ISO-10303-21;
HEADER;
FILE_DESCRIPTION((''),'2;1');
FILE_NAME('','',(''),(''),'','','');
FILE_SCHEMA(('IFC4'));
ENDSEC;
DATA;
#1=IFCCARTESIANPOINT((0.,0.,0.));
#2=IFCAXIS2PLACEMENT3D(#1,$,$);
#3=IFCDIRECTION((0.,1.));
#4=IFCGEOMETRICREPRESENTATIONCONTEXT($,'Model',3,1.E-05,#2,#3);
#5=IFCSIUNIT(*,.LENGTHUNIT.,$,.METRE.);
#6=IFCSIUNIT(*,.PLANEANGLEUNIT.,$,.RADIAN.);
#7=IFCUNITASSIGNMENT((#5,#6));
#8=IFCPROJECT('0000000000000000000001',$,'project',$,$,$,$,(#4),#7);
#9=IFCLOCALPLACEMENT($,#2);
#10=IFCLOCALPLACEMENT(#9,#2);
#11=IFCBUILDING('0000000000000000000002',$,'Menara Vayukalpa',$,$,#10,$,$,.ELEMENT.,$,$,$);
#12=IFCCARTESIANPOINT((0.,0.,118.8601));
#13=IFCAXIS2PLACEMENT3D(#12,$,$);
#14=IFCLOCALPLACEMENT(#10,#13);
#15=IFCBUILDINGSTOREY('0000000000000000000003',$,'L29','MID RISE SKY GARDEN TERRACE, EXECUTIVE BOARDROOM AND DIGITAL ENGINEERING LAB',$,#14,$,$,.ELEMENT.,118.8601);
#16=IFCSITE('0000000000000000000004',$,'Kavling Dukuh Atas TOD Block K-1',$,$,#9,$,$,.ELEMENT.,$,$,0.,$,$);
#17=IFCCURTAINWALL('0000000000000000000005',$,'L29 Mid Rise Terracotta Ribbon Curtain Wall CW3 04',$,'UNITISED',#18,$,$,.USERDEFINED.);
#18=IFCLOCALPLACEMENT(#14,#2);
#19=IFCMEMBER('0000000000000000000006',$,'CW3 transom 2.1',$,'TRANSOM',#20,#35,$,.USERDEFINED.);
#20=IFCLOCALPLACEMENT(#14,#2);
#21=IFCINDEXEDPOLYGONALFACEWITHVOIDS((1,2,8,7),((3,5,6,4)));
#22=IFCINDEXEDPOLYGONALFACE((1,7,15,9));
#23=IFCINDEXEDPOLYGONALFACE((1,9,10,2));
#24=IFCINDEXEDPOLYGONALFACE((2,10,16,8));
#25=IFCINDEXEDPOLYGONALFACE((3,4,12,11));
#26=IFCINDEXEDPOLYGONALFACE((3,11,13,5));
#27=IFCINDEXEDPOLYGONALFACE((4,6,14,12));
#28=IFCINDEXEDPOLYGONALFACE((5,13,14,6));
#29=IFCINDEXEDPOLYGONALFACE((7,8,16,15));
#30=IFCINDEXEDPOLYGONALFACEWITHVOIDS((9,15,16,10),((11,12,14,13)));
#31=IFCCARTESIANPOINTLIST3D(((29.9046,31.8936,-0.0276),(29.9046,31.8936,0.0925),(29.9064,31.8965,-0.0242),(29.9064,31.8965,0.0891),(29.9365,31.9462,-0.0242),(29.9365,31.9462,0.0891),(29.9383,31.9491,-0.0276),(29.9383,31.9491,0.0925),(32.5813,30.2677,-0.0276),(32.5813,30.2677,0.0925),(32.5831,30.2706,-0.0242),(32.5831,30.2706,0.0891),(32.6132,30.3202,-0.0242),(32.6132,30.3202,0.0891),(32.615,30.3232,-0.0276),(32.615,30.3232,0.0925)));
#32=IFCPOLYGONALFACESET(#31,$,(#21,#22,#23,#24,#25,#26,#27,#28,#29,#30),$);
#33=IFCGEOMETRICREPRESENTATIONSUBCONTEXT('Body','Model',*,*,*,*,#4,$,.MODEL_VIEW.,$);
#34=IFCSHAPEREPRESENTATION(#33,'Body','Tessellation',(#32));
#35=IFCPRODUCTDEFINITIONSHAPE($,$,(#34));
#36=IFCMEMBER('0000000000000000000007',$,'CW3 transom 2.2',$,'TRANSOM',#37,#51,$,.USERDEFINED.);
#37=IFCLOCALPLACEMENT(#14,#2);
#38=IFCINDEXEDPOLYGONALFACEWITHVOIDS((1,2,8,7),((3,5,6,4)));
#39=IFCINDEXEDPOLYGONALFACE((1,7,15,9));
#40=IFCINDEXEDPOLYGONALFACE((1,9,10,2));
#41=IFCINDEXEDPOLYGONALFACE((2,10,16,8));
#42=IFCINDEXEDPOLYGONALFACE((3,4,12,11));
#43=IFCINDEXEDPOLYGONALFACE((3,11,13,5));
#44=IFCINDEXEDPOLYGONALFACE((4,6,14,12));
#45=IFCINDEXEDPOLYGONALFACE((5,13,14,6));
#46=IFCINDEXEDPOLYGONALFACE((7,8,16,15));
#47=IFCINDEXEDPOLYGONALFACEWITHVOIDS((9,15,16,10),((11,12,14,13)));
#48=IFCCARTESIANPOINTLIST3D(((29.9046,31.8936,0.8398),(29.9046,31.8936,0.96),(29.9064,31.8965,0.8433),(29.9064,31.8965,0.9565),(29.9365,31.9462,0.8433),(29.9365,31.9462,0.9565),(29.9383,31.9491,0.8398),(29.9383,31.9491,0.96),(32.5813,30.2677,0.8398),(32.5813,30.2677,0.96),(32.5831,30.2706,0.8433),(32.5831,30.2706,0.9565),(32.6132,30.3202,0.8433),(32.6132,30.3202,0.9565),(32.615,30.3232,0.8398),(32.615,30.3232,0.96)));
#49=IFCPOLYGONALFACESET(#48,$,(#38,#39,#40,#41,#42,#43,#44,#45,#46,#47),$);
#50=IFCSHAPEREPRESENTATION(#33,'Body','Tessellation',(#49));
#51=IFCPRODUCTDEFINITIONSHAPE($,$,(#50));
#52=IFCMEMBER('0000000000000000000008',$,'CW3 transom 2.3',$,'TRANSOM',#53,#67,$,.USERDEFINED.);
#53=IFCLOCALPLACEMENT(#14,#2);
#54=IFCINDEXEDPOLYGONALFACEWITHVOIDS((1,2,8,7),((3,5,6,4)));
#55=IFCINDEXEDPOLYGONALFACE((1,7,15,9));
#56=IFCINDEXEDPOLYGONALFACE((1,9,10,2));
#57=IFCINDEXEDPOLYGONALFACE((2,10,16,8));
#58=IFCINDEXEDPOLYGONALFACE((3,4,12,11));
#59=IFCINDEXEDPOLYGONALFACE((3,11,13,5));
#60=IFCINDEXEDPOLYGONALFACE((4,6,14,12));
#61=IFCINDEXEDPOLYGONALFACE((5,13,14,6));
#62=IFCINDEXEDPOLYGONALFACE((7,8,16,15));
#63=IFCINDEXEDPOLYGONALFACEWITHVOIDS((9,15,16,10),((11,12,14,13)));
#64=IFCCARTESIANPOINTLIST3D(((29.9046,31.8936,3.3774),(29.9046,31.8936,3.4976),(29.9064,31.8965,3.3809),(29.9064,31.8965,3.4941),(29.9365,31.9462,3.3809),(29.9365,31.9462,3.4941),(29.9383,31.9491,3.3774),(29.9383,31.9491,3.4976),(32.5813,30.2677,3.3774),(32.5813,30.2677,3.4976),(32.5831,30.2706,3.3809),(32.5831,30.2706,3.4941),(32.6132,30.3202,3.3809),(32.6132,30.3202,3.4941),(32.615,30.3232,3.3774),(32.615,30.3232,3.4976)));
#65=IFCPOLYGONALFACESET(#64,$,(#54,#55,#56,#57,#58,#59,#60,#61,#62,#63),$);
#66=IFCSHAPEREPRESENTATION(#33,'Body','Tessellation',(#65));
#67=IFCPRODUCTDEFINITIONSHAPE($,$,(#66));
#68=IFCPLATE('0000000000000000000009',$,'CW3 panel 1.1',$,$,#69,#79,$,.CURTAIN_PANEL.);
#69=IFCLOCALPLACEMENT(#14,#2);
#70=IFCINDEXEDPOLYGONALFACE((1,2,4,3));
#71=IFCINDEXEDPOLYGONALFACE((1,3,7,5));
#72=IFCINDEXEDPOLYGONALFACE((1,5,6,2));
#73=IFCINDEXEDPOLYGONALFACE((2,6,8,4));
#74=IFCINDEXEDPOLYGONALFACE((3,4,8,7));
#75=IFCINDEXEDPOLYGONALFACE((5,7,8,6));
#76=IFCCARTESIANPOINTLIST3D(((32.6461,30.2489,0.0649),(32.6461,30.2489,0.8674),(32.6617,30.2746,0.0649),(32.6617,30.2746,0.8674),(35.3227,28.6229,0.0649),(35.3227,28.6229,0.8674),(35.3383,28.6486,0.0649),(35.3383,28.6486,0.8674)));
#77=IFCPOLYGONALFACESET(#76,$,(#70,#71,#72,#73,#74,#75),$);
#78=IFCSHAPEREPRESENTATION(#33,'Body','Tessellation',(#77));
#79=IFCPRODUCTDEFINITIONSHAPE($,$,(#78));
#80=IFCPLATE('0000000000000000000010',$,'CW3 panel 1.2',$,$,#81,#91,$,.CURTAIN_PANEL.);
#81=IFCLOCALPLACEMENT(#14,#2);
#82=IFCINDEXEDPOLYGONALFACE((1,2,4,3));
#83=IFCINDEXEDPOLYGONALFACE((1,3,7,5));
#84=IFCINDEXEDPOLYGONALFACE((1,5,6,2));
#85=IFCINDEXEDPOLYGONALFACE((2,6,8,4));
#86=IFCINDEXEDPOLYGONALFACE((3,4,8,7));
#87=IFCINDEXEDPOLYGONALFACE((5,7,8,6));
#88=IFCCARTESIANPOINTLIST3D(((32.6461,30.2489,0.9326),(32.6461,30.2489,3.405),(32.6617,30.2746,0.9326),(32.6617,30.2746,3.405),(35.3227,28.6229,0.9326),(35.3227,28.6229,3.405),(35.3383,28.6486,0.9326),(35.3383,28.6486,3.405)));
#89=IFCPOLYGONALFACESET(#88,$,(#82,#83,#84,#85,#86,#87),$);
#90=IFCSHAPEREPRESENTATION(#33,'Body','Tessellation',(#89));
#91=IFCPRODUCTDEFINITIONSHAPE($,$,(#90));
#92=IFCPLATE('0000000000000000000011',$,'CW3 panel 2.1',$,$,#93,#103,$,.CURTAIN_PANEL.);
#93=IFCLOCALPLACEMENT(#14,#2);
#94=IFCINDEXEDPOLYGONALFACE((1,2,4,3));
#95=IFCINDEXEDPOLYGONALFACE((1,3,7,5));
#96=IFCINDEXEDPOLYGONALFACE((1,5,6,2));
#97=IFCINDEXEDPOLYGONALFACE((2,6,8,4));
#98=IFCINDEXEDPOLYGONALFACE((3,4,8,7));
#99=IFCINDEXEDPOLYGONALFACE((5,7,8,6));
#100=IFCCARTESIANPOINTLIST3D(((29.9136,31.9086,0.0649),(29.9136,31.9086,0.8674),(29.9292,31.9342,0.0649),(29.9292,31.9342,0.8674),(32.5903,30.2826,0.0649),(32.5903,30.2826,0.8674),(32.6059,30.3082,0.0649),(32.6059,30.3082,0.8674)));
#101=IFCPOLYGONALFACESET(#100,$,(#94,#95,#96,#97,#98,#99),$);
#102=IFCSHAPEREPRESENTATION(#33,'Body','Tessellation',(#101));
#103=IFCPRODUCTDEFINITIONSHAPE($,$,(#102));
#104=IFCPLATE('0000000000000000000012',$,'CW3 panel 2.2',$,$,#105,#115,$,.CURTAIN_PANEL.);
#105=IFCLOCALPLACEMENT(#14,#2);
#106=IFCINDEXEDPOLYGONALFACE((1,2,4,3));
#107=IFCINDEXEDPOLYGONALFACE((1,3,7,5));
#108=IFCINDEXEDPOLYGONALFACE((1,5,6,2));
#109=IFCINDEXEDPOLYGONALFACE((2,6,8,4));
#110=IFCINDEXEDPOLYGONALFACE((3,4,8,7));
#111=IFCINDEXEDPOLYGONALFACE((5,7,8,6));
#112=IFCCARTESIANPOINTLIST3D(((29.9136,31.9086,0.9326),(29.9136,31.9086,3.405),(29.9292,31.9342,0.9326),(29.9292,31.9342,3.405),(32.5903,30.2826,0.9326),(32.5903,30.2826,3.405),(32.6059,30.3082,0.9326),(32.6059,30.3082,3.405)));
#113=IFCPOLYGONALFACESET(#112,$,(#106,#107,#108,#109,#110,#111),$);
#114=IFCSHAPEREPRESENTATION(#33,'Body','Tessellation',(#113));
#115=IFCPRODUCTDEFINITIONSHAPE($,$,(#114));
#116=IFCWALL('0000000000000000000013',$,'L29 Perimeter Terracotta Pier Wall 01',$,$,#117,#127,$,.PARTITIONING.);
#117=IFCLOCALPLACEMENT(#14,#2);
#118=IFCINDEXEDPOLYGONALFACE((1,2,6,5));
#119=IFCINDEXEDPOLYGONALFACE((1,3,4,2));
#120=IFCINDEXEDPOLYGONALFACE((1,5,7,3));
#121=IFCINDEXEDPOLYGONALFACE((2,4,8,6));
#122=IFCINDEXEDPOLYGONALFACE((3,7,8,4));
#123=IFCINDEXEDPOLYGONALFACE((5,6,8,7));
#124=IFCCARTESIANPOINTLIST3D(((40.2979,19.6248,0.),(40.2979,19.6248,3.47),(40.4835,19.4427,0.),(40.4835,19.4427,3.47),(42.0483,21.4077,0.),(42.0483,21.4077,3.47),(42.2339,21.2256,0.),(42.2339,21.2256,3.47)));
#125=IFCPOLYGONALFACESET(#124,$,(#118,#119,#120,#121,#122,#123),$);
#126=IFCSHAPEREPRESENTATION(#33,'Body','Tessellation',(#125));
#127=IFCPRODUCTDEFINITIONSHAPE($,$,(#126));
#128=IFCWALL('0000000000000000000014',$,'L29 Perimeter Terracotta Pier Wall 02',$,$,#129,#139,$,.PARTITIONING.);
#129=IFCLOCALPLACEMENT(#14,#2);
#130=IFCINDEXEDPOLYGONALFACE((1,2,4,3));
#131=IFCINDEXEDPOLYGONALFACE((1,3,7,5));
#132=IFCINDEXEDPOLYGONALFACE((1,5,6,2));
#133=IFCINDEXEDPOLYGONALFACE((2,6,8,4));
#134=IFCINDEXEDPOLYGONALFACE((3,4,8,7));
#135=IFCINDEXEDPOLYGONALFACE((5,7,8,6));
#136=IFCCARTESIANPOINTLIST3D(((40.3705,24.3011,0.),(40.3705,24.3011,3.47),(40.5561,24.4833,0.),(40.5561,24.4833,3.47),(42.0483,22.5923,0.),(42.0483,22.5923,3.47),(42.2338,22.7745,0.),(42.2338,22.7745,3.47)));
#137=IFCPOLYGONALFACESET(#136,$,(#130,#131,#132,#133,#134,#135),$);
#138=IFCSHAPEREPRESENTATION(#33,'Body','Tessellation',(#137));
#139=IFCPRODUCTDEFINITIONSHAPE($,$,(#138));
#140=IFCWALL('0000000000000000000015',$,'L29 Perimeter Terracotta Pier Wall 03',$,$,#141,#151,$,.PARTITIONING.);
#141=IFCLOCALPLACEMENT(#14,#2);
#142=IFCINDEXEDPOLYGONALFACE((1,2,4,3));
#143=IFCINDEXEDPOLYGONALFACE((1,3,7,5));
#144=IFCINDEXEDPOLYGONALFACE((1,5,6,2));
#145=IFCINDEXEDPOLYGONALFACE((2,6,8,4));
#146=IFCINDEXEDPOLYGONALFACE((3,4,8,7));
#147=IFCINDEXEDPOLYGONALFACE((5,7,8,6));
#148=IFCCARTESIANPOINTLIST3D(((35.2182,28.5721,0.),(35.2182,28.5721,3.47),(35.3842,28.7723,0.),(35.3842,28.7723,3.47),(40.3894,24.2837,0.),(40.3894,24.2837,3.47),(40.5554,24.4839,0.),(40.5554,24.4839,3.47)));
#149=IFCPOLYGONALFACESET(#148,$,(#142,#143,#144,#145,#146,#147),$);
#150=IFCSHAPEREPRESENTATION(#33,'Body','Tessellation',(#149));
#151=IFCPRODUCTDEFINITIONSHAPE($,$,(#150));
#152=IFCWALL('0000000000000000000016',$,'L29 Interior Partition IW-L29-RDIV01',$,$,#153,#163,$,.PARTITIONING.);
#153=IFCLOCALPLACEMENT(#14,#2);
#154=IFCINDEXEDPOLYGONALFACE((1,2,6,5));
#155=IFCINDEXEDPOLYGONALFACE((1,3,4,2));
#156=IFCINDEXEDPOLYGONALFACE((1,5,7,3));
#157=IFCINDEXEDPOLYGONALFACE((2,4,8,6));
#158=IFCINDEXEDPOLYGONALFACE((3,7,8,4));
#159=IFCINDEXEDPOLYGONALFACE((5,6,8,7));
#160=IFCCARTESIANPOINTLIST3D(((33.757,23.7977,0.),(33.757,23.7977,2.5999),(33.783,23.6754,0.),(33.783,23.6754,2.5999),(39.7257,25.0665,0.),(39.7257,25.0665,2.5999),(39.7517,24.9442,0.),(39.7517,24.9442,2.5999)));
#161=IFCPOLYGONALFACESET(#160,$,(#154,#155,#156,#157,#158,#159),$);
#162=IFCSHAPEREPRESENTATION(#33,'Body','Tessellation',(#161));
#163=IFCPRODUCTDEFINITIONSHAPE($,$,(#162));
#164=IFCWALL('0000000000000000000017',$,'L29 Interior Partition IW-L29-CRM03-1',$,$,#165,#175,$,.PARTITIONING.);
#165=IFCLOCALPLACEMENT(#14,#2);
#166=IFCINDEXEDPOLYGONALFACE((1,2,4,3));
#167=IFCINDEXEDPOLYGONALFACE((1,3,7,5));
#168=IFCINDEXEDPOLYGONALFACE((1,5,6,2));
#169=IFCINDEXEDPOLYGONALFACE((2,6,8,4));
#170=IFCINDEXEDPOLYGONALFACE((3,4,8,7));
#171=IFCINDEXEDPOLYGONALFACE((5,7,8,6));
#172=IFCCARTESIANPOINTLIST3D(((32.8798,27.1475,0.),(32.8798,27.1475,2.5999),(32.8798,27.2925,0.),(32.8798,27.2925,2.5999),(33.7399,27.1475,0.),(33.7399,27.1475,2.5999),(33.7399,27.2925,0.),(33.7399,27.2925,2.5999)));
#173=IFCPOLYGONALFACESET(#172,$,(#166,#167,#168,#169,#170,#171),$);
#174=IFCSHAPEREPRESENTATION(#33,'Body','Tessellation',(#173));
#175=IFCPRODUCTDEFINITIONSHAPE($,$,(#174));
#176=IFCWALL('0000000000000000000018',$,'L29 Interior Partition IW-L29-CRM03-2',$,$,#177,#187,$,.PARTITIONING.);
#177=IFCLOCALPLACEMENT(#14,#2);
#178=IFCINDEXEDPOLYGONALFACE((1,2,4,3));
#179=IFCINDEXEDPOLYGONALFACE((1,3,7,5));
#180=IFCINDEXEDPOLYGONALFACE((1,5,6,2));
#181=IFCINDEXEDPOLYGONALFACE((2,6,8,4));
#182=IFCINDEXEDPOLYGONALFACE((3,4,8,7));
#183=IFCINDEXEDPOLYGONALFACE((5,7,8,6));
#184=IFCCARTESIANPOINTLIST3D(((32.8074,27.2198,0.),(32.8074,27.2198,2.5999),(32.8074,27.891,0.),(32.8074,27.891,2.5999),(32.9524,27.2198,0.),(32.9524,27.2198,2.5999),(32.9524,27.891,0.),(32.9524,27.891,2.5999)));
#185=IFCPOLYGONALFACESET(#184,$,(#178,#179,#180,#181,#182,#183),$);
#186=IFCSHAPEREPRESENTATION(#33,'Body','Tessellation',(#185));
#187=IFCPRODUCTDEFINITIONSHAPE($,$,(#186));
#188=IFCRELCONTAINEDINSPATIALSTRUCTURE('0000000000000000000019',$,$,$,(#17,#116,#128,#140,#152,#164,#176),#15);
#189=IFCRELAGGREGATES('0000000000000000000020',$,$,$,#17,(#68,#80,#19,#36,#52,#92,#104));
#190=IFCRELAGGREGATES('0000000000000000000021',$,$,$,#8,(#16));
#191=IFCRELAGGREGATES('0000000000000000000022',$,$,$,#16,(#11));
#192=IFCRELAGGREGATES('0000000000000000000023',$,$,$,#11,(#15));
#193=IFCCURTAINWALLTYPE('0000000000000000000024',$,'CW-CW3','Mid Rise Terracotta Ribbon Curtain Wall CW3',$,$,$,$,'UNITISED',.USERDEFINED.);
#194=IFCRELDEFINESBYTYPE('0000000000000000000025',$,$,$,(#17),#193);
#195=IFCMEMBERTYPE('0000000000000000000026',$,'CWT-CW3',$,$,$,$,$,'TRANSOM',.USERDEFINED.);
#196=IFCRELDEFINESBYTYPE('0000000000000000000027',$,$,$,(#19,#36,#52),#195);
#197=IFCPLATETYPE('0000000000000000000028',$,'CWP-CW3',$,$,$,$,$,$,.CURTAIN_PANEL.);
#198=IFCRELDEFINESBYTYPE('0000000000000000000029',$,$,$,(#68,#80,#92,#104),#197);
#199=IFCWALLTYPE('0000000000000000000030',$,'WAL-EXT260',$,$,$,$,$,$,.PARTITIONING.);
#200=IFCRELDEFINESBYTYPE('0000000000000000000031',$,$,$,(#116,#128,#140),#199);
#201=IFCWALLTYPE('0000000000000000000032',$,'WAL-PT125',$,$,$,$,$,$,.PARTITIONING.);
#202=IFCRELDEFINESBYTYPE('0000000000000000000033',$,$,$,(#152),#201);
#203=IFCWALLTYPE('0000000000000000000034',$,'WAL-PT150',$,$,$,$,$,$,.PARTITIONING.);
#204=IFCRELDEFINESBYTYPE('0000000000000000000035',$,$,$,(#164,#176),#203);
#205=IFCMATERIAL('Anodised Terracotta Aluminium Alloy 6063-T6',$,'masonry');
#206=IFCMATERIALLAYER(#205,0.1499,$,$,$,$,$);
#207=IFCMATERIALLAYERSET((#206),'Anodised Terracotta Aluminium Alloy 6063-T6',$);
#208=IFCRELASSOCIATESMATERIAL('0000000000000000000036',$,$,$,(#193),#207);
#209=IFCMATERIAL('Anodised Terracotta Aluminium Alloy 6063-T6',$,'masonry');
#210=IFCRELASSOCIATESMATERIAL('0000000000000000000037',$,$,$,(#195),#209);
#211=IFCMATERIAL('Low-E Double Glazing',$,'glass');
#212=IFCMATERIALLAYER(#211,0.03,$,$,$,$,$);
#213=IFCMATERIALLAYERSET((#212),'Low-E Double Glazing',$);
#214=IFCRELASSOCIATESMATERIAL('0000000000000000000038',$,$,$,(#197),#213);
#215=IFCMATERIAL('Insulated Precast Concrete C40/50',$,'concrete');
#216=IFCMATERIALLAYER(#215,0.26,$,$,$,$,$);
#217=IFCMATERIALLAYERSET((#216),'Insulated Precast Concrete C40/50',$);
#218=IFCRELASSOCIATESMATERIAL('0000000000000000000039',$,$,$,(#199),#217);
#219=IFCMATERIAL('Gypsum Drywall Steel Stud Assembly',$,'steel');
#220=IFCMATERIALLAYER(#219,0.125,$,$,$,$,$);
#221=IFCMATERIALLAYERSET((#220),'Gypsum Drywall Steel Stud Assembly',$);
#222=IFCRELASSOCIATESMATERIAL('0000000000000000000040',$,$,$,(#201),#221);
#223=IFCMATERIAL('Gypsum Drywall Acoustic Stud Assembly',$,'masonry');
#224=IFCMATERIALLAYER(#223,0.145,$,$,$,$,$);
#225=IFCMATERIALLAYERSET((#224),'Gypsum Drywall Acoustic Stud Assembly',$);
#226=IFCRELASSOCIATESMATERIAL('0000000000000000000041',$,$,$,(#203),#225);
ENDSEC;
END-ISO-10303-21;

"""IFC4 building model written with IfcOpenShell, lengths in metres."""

from ifc_helpers import new_model, si_unit, direction, frame, frame_2d, origin, origin_2d, place, context, subcontext, project, spatial, rectangle, hollow_rectangle, extrude, material, layer, layer_set, material_profile, profile_set, type_object, element, aggregate, save


model = new_model("IFC4")

# Units and contexts
model_context = context("Model", 3, precision=1e-05, world=origin(), true_north=direction((0.0, 1.0)))
body_context = subcontext(model_context, "Body", "Model", "MODEL_VIEW")
ifc_project = project(units=[si_unit("LENGTHUNIT", "METRE"), si_unit("PLANEANGLEUNIT", "RADIAN")], contexts=[model_context])

# Site, building, storey
site_placement = place(None, origin())
site = spatial("IfcSite", under=ifc_project, at=site_placement, Name="Kavling Dukuh Atas TOD Block K-1", CompositionType="ELEMENT", RefElevation=0.0)
building_placement = place(site_placement, origin())
building = spatial("IfcBuilding", under=site, at=building_placement, Name="Menara Vayukalpa", CompositionType="ELEMENT")
storey_placement = place(building_placement, frame((0.0, 0.0, 118.8601)))
storey = spatial("IfcBuildingStorey", under=building, at=storey_placement, Name="L29", Description="MID RISE SKY GARDEN TERRACE, EXECUTIVE BOARDROOM AND DIGITAL ENGINEERING LAB", CompositionType="ELEMENT", Elevation=118.8601)

# Curtain wall, members, plates
ifc_material_1 = material(Name="Anodised Terracotta Aluminium Alloy 6063-T6", Category="masonry")
ifc_layer_1 = layer(ifc_material_1, 0.1499)
ifc_layer_set_1 = layer_set([ifc_layer_1], Name="Anodised Terracotta Aluminium Alloy 6063-T6")
curtain_wall_type = type_object("IfcCurtainWallType", Name="CW-CW3", Description="Mid Rise Terracotta Ribbon Curtain Wall CW3", ElementType="UNITISED", PredefinedType="USERDEFINED", material=ifc_layer_set_1)
curtain_wall_placement = place(storey_placement, origin())
curtain_wall = element("IfcCurtainWall", 1, at=curtain_wall_placement, inside=storey, type_object=curtain_wall_type, Name="L29 Mid Rise Terracotta Ribbon Curtain Wall CW3 04", ObjectType="UNITISED", PredefinedType="USERDEFINED")
ifc_material_2 = material(Name="Anodised Terracotta Aluminium Alloy 6063-T6", Category="masonry")
ifc_material_profile_1 = material_profile(ifc_material_2, hollow_rectangle(XDim=0.0649, YDim=0.1201, WallThickness=0.0034, at=origin_2d()), Name="ALU 65x120x3.5")
ifc_profile_set_1 = profile_set([ifc_material_profile_1], Name="Anodised Terracotta Aluminium Alloy 6063-T6")
member_type_1 = type_object("IfcMemberType", Name="CWT-CW3", ElementType="TRANSOM", PredefinedType="USERDEFINED", material=ifc_profile_set_1)
member_1_placement = place(storey_placement, frame((32.5981, 30.2954, 0.0325), z_axis=(-0.854674, 0.519165, 0.0), x_axis=(-0.519165, -0.854674, 0.0)))
member_1 = element("IfcMember", 2, at=member_1_placement, type_object=member_type_1, Name="CW3 transom 2.1", ObjectType="TRANSOM", PredefinedType="USERDEFINED", context=body_context, shape_type="SweptSolid", body=[
    extrude(hollow_rectangle(XDim=0.0649, YDim=0.1201, WallThickness=0.0034, at=origin_2d()), origin(), (0.0, 0.0, 1.0), 3.1318),
])
member_2_placement = place(storey_placement, frame((32.5981, 30.2954, 0.8999), z_axis=(-0.854674, 0.519165, 0.0), x_axis=(-0.519165, -0.854674, 0.0)))
member_2 = element("IfcMember", 3, at=member_2_placement, type_object=member_type_1, Name="CW3 transom 2.2", ObjectType="TRANSOM", PredefinedType="USERDEFINED", context=body_context, shape_type="SweptSolid", body=[
    extrude(hollow_rectangle(XDim=0.0649, YDim=0.1201, WallThickness=0.0034, at=origin_2d()), origin(), (0.0, 0.0, 1.0), 3.1318),
])
member_3_placement = place(storey_placement, frame((32.5981, 30.2954, 3.4375), z_axis=(-0.854674, 0.519165, 0.0), x_axis=(-0.519165, -0.854674, 0.0)))
member_3 = element("IfcMember", 4, at=member_3_placement, type_object=member_type_1, Name="CW3 transom 2.3", ObjectType="TRANSOM", PredefinedType="USERDEFINED", context=body_context, shape_type="SweptSolid", body=[
    extrude(hollow_rectangle(XDim=0.0649, YDim=0.1201, WallThickness=0.0034, at=origin_2d()), origin(), (0.0, 0.0, 1.0), 3.1318),
])
ifc_material_3 = material(Name="Low-E Double Glazing", Category="glass")
ifc_layer_2 = layer(ifc_material_3, 0.03)
ifc_layer_set_2 = layer_set([ifc_layer_2], Name="Low-E Double Glazing")
plate_type = type_object("IfcPlateType", Name="CWP-CW3", PredefinedType="CURTAIN_PANEL", material=ifc_layer_set_2)
plate_1_placement = place(storey_placement, frame((33.9922, 29.4487, 0.0649), z_axis=(0.0, 0.0, 1.0), x_axis=(-0.854663, 0.519183, 0.0)))
plate_1 = element("IfcPlate", 5, at=plate_1_placement, type_object=plate_type, Name="CW3 panel 1.1", PredefinedType="CURTAIN_PANEL", context=body_context, shape_type="SweptSolid", body=[
    extrude(rectangle(XDim=3.1318, YDim=0.03, at=origin_2d()), origin(), (0.0, 0.0, 1.0), 0.8025),
])
plate_2_placement = place(storey_placement, frame((33.9922, 29.4487, 0.9326), z_axis=(0.0, 0.0, 1.0), x_axis=(-0.854663, 0.519183, 0.0)))
plate_2 = element("IfcPlate", 6, at=plate_2_placement, type_object=plate_type, Name="CW3 panel 1.2", PredefinedType="CURTAIN_PANEL", context=body_context, shape_type="SweptSolid", body=[
    extrude(rectangle(XDim=3.1318, YDim=0.03, at=origin_2d()), origin(), (0.0, 0.0, 1.0), 2.4724),
])
plate_3_placement = place(storey_placement, frame((31.2598, 31.1084, 0.0649), z_axis=(0.0, 0.0, 1.0), x_axis=(-0.854663, 0.519183, 0.0)))
plate_3 = element("IfcPlate", 7, at=plate_3_placement, type_object=plate_type, Name="CW3 panel 2.1", PredefinedType="CURTAIN_PANEL", context=body_context, shape_type="SweptSolid", body=[
    extrude(rectangle(XDim=3.1318, YDim=0.03, at=origin_2d()), origin(), (0.0, 0.0, 1.0), 0.8025),
])
plate_4_placement = place(storey_placement, frame((31.2598, 31.1084, 0.9326), z_axis=(0.0, 0.0, 1.0), x_axis=(-0.854663, 0.519183, 0.0)))
plate_4 = element("IfcPlate", 8, at=plate_4_placement, type_object=plate_type, Name="CW3 panel 2.2", PredefinedType="CURTAIN_PANEL", context=body_context, shape_type="SweptSolid", body=[
    extrude(rectangle(XDim=3.1318, YDim=0.03, at=origin_2d()), origin(), (0.0, 0.0, 1.0), 2.4724),
])
aggregate(curtain_wall, [plate_1, plate_2, member_1, member_2, member_3, plate_3, plate_4])

# Walls
ifc_material_4 = material(Name="Insulated Precast Concrete C40/50", Category="concrete")
ifc_layer_3 = layer(ifc_material_4, 0.26)
ifc_layer_set_3 = layer_set([ifc_layer_3], Name="Insulated Precast Concrete C40/50")
wall_type_1 = type_object("IfcWallType", Name="WAL-EXT260", PredefinedType="PARTITIONING", material=ifc_layer_set_3)
wall_1_placement = place(storey_placement, frame((42.1411, 21.3167, 0.0), z_axis=(0.0, 0.0, 1.0), x_axis=(-0.700579, -0.713575, 0.0)))
element("IfcWall", 9, at=wall_1_placement, inside=storey, type_object=wall_type_1, Name="L29 Perimeter Terracotta Pier Wall 01", PredefinedType="PARTITIONING", context=body_context, shape_type="SweptSolid", body=[
    extrude(rectangle(XDim=2.4985, YDim=0.26, at=frame_2d((1.2493, 0.0))), origin(), (0.0, 0.0, 1.0), 3.47),
])
wall_2_placement = place(storey_placement, frame((40.4634, 24.3921, 0.0), z_axis=(0.0, 0.0, 1.0), x_axis=(0.700603, -0.713551, 0.0)))
element("IfcWall", 10, at=wall_2_placement, inside=storey, type_object=wall_type_1, Name="L29 Perimeter Terracotta Pier Wall 02", PredefinedType="PARTITIONING", context=body_context, shape_type="SweptSolid", body=[
    extrude(rectangle(XDim=2.3948, YDim=0.26, at=frame_2d((1.1973, 0.0))), origin(), (0.0, 0.0, 1.0), 3.47),
])
wall_3_placement = place(storey_placement, frame((35.3013, 28.6721, 0.0), z_axis=(0.0, 0.0, 1.0), x_axis=(0.769753, -0.638342, 0.0)))
element("IfcWall", 11, at=wall_3_placement, inside=storey, type_object=wall_type_1, Name="L29 Perimeter Terracotta Pier Wall 03", PredefinedType="PARTITIONING", context=body_context, shape_type="SweptSolid", body=[
    extrude(rectangle(XDim=6.718, YDim=0.26, at=frame_2d((3.3589, 0.0))), origin(), (0.0, 0.0, 1.0), 3.47),
])
ifc_material_5 = material(Name="Gypsum Drywall Steel Stud Assembly", Category="steel")
ifc_layer_4 = layer(ifc_material_5, 0.125)
ifc_layer_set_4 = layer_set([ifc_layer_4], Name="Gypsum Drywall Steel Stud Assembly")
wall_type_2 = type_object("IfcWallType", Name="WAL-PT125", PredefinedType="PARTITIONING", material=ifc_layer_set_4)
wall_4_placement = place(storey_placement, frame((33.77, 23.7366, 0.0), z_axis=(0.0, 0.0, 1.0), x_axis=(0.978144, 0.207928, 0.0)))
element("IfcWall", 12, at=wall_4_placement, inside=storey, type_object=wall_type_2, Name="L29 Interior Partition IW-L29-RDIV01", PredefinedType="PARTITIONING", context=body_context, shape_type="SweptSolid", body=[
    extrude(rectangle(XDim=6.1021, YDim=0.125, at=frame_2d((3.051, 0.0))), origin(), (0.0, 0.0, 1.0), 2.5999),
])
ifc_material_6 = material(Name="Gypsum Drywall Acoustic Stud Assembly", Category="masonry")
ifc_layer_5 = layer(ifc_material_6, 0.145)
ifc_layer_set_5 = layer_set([ifc_layer_5], Name="Gypsum Drywall Acoustic Stud Assembly")
wall_type_3 = type_object("IfcWallType", Name="WAL-PT150", PredefinedType="PARTITIONING", material=ifc_layer_set_5)
wall_5_placement = place(storey_placement, frame((33.74, 27.22, 0.0), z_axis=(0.0, 0.0, 1.0), x_axis=(-1.0, 0.0, 0.0)))
element("IfcWall", 13, at=wall_5_placement, inside=storey, type_object=wall_type_3, Name="L29 Interior Partition IW-L29-CRM03-1", PredefinedType="PARTITIONING", context=body_context, shape_type="SweptSolid", body=[
    extrude(rectangle(XDim=0.8601, YDim=0.145, at=frame_2d((0.4302, 0.0))), origin(), (0.0, 0.0, 1.0), 2.5999),
])
wall_6_placement = place(storey_placement, frame((32.8799, 27.22, 0.0), z_axis=(0.0, 0.0, 1.0), x_axis=(0.0, 1.0, 0.0)))
element("IfcWall", 14, at=wall_6_placement, inside=storey, type_object=wall_type_3, Name="L29 Interior Partition IW-L29-CRM03-2", PredefinedType="PARTITIONING", context=body_context, shape_type="SweptSolid", body=[
    extrude(rectangle(XDim=0.6711, YDim=0.145, at=frame_2d((0.3354, 0.0))), origin(), (0.0, 0.0, 1.0), 2.5999),
])

save(model, "model.ifc")
